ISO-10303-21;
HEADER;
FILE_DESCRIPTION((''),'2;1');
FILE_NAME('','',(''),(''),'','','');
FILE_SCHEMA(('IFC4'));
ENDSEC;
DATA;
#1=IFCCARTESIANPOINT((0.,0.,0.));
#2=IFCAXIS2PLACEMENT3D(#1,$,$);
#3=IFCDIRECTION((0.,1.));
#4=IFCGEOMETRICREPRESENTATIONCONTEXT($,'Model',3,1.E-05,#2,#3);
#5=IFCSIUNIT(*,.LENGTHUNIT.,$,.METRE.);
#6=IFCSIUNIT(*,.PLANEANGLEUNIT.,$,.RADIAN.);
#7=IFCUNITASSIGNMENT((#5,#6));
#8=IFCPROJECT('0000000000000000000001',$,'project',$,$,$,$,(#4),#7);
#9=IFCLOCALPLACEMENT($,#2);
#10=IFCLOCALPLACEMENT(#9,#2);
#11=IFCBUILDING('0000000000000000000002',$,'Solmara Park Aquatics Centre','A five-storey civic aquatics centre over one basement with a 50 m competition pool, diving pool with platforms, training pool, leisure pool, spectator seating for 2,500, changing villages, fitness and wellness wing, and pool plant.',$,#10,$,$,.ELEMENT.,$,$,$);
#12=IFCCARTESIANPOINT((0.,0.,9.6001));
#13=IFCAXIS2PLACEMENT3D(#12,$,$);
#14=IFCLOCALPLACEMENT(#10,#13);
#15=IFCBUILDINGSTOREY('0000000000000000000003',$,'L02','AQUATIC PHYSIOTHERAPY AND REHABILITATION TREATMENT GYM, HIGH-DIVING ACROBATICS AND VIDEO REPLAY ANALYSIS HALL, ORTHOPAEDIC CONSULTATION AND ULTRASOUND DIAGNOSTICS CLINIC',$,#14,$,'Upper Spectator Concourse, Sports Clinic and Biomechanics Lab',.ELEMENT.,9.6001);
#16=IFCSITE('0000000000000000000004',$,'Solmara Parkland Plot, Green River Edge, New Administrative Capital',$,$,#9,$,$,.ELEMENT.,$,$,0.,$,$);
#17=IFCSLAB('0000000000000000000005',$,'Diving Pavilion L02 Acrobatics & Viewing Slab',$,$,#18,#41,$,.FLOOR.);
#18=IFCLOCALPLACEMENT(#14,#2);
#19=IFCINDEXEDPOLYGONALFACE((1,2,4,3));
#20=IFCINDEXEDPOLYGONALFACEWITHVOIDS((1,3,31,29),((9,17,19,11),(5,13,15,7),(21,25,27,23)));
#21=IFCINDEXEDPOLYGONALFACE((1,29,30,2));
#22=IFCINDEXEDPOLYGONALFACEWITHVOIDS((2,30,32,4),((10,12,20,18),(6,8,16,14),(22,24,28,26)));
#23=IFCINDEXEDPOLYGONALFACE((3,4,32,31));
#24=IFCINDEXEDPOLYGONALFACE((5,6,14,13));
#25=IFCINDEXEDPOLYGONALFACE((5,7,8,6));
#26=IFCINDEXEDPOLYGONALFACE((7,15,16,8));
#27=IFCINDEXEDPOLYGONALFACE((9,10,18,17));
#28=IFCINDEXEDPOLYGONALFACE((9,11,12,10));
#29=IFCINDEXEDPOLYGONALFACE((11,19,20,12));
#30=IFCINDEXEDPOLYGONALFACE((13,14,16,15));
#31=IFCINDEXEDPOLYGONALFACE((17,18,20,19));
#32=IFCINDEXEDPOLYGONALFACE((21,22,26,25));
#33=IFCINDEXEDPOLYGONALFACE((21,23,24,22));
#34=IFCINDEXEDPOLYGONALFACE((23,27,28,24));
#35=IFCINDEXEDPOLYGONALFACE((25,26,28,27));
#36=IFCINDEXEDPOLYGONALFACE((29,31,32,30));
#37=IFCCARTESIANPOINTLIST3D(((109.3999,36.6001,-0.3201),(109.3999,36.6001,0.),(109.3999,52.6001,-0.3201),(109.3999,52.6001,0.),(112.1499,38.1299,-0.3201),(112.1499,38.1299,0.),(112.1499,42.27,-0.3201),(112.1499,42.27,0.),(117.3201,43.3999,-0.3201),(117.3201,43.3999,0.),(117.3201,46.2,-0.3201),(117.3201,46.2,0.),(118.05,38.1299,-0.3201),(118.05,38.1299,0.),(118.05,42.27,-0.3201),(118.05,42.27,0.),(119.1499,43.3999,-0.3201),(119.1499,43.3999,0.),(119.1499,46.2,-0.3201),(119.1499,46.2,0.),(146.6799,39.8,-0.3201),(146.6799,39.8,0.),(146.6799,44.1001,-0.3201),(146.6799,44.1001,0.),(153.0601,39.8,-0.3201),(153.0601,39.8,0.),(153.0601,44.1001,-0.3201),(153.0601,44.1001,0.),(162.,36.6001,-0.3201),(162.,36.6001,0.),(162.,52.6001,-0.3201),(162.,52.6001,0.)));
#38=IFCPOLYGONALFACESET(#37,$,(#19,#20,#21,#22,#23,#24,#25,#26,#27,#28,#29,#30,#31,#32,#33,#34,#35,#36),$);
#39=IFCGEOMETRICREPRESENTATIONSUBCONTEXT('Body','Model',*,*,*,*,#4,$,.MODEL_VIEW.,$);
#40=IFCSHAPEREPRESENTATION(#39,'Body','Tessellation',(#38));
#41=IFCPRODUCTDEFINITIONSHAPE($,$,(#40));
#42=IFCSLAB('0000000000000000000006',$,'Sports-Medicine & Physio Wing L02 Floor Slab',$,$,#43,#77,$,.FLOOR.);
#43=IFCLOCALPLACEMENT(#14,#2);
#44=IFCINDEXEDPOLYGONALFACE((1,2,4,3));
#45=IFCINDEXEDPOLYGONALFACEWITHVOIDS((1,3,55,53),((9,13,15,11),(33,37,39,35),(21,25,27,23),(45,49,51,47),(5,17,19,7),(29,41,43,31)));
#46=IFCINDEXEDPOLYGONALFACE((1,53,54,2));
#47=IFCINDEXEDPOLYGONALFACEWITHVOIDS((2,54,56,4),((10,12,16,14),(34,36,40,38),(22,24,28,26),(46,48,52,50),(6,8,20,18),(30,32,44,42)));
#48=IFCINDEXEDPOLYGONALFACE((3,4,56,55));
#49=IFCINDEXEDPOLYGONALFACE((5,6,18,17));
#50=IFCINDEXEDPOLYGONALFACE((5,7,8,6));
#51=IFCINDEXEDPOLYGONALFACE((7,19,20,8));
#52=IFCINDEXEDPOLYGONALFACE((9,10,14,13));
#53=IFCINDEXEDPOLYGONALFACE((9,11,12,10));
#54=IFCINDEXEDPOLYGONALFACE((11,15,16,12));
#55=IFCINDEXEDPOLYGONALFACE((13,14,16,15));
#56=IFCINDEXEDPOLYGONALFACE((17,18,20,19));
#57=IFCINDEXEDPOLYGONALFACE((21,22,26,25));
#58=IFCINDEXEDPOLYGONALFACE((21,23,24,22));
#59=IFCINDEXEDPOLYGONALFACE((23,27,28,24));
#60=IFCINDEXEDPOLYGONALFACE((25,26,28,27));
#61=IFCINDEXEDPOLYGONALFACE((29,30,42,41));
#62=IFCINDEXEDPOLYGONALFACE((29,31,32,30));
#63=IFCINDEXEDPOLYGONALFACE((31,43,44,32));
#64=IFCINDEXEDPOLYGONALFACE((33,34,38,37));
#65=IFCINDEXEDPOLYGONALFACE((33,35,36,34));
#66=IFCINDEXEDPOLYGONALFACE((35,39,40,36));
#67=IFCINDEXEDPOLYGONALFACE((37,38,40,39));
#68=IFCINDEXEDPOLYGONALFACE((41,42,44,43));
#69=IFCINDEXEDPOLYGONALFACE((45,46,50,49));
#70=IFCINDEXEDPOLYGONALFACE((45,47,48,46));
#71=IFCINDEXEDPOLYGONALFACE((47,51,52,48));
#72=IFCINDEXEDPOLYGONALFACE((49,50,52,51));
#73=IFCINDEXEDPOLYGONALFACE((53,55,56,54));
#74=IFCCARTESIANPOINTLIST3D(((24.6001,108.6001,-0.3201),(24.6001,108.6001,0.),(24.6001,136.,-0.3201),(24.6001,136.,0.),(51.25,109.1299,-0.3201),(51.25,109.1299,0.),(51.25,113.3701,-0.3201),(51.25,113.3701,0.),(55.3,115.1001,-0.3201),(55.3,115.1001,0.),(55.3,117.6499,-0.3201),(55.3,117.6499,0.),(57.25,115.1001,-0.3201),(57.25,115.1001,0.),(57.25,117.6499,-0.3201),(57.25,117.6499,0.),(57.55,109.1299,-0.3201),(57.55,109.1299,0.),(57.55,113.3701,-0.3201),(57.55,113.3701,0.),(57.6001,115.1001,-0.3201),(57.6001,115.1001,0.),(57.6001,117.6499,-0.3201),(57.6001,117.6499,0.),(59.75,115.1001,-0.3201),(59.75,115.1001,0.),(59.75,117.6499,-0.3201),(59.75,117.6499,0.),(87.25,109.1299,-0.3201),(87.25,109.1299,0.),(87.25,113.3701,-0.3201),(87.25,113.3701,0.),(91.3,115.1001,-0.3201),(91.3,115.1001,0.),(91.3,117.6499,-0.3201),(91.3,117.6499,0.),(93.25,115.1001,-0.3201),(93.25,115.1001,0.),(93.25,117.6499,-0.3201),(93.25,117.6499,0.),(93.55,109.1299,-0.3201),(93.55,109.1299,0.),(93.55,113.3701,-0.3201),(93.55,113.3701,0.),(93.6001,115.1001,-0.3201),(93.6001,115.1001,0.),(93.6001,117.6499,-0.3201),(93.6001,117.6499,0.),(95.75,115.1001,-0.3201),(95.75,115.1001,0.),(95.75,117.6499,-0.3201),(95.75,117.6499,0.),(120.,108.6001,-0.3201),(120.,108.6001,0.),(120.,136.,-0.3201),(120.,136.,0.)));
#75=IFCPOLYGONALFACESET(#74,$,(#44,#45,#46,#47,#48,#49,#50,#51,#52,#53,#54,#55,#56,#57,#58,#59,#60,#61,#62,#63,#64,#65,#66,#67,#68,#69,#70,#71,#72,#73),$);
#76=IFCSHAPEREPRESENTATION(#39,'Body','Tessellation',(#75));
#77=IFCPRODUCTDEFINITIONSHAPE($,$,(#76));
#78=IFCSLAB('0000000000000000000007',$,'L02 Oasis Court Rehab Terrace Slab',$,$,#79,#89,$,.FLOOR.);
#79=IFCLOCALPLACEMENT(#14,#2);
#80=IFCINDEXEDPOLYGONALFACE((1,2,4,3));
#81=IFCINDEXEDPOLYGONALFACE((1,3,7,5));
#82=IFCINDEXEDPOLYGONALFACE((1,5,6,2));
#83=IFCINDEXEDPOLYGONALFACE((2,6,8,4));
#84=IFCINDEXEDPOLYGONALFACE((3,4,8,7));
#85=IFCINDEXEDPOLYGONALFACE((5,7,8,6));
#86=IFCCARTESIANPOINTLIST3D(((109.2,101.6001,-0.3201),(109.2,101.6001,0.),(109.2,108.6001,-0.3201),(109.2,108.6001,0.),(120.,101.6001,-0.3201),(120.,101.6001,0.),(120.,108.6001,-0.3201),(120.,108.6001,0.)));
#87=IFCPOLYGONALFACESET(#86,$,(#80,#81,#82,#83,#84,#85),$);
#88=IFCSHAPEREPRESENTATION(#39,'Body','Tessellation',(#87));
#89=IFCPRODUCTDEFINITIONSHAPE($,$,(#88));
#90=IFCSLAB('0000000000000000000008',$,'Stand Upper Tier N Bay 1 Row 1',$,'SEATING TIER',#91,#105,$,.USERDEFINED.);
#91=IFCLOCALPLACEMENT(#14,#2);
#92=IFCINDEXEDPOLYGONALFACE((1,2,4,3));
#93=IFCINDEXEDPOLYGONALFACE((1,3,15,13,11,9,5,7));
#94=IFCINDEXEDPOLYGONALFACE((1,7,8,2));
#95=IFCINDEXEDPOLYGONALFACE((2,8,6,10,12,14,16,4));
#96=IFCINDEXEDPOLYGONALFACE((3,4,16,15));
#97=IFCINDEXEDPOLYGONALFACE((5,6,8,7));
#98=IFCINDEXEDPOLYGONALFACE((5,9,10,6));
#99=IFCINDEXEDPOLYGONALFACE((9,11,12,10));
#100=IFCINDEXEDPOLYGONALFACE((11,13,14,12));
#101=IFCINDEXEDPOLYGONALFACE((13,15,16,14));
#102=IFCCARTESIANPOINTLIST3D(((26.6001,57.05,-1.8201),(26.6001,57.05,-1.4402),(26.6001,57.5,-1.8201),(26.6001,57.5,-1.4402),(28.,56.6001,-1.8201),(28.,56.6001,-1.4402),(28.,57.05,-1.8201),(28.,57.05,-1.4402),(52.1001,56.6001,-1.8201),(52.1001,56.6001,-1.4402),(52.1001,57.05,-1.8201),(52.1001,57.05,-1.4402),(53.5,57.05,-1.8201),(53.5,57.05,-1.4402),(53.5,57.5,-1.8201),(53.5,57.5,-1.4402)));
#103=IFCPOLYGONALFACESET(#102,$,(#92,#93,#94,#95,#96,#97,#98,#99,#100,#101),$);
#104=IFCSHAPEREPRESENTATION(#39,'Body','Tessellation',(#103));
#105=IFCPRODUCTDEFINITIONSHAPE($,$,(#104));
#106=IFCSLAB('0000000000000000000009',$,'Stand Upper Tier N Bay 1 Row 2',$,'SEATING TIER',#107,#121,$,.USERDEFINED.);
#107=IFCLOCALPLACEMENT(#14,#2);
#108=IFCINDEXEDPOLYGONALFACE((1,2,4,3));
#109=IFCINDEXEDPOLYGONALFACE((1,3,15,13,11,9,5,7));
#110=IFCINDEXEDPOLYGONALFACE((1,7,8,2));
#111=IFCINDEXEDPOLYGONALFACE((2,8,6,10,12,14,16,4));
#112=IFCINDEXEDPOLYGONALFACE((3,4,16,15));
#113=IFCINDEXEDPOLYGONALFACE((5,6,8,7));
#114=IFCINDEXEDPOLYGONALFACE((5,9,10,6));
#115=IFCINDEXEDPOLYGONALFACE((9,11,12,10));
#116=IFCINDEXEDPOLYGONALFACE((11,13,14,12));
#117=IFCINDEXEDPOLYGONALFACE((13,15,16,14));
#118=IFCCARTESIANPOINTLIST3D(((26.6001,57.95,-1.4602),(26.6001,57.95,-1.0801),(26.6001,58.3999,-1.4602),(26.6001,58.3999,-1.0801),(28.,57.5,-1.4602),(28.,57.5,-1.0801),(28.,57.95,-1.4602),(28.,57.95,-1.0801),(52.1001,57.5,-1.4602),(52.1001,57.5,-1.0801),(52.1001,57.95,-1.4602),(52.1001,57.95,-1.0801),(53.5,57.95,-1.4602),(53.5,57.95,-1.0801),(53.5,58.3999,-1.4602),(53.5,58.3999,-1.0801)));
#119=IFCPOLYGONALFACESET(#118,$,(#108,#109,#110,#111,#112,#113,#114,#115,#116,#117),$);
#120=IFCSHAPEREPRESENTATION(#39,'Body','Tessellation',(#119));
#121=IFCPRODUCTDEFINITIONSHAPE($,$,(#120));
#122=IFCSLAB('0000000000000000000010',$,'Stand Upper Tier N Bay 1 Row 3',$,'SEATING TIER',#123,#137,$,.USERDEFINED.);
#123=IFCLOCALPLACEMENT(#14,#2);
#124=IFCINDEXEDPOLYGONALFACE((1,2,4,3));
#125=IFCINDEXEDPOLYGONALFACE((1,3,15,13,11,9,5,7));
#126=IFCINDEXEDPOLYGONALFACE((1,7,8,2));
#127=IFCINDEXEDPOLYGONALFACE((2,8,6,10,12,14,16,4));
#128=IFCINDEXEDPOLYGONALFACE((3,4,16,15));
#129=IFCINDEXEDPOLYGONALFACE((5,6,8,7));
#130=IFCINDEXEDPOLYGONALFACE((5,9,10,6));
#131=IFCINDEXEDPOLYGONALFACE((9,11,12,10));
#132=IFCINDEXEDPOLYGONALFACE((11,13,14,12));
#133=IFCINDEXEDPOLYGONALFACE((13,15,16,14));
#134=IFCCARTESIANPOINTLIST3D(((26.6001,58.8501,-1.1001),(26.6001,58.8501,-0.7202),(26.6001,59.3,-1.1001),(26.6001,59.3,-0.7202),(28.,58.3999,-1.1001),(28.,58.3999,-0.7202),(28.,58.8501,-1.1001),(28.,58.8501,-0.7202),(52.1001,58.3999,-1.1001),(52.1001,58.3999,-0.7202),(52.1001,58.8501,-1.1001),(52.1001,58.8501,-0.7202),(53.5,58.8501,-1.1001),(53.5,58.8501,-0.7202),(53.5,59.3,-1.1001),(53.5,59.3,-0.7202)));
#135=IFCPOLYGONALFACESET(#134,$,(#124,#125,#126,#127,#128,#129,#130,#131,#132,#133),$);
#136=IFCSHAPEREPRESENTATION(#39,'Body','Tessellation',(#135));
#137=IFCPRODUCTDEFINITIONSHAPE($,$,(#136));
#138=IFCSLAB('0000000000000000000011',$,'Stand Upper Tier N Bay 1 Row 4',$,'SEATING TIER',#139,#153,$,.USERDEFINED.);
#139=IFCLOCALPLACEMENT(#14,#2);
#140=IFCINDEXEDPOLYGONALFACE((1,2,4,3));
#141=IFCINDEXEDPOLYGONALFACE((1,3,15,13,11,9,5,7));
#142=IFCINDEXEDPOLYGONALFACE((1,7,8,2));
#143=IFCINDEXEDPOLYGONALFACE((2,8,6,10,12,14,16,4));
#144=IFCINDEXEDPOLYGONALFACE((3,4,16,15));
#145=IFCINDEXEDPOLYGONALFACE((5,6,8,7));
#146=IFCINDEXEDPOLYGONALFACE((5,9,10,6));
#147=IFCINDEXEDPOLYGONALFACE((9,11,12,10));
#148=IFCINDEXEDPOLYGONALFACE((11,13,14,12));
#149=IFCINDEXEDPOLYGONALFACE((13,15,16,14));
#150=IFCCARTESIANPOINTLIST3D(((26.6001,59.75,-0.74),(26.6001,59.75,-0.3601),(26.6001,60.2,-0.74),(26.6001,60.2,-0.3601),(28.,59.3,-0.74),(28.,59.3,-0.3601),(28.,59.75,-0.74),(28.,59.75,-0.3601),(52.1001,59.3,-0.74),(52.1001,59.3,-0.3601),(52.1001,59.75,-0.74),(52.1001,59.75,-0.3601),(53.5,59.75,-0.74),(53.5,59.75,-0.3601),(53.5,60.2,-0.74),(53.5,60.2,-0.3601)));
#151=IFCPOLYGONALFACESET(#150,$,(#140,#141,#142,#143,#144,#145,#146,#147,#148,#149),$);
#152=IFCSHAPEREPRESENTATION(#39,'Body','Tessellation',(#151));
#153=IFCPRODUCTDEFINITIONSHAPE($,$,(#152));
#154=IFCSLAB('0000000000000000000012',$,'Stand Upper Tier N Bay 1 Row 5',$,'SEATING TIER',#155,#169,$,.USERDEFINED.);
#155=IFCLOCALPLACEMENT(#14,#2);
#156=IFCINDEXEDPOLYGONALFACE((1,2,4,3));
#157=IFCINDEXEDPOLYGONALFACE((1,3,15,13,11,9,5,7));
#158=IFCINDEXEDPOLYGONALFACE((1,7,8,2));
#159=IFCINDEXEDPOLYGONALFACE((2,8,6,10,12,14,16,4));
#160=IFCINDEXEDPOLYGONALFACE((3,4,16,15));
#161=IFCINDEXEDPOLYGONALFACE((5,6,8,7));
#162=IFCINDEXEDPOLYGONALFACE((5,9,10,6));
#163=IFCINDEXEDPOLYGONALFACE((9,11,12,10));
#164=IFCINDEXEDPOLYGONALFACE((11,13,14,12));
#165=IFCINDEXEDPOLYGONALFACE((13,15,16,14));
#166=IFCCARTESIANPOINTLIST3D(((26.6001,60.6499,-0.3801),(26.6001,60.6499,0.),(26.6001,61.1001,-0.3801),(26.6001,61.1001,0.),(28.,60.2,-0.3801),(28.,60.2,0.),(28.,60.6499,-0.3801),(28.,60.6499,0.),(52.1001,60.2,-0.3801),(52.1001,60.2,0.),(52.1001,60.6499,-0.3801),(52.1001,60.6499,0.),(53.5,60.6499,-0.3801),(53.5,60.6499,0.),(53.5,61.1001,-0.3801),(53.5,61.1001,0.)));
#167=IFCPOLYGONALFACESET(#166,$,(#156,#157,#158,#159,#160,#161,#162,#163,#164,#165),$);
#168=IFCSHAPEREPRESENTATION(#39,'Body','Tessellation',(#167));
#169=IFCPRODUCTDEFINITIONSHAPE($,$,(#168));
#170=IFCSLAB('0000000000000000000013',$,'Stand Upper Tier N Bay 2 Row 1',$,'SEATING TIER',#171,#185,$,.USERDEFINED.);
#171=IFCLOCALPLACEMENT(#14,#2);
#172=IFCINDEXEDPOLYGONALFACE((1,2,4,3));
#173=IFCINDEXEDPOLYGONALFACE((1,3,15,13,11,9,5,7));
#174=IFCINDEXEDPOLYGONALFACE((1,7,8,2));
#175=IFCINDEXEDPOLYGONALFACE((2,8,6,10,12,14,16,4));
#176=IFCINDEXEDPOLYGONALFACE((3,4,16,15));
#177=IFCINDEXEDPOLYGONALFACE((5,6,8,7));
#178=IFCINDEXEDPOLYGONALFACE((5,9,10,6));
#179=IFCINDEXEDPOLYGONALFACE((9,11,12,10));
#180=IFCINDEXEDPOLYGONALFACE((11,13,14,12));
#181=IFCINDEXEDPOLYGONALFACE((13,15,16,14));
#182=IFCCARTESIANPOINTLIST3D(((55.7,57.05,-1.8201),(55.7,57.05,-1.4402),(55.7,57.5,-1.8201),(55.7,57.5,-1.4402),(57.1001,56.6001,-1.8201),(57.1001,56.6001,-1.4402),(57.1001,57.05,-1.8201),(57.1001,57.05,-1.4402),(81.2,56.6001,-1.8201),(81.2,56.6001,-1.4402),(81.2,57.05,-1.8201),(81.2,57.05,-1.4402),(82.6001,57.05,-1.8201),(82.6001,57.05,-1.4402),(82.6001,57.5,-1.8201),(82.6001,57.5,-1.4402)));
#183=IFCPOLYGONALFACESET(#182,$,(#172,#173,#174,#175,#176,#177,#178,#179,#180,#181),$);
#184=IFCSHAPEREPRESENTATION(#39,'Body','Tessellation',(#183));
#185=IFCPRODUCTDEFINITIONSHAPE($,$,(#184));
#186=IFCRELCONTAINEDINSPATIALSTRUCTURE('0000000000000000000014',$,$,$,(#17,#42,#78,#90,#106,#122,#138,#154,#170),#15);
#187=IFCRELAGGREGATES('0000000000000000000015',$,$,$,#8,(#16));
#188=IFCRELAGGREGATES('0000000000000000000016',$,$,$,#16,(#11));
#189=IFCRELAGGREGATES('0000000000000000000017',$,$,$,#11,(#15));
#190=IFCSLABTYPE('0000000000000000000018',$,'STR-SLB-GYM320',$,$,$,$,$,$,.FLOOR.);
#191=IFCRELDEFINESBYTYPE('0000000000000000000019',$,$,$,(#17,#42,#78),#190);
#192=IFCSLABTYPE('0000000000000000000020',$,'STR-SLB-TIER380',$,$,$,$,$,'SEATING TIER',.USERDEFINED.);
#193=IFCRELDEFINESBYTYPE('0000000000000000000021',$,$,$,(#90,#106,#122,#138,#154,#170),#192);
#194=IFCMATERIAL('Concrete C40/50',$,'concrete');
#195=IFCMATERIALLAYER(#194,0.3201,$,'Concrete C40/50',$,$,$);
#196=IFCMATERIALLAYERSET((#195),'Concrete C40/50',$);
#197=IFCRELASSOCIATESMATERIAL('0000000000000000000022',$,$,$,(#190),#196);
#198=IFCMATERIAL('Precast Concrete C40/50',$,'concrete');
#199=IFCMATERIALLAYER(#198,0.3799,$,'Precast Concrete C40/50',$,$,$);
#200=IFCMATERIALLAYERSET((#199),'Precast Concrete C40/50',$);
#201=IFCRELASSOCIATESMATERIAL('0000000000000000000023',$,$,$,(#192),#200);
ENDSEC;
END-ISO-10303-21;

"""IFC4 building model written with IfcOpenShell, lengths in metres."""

from ifc_helpers import new_model, si_unit, direction, frame, origin, place, context, subcontext, project, spatial, polyline, outline, extrude, material, layer, layer_set, type_object, element, save


model = new_model("IFC4")

# Units and contexts
model_context = context("Model", 3, precision=1e-05, world=origin(), true_north=direction((0.0, 1.0)))
body_context = subcontext(model_context, "Body", "Model", "MODEL_VIEW")
ifc_project = project(units=[si_unit("LENGTHUNIT", "METRE"), si_unit("PLANEANGLEUNIT", "RADIAN")], contexts=[model_context])

# Site, building, storey
site_placement = place(None, origin())
site = spatial("IfcSite", under=ifc_project, at=site_placement, Name="Solmara Parkland Plot, Green River Edge, New Administrative Capital", CompositionType="ELEMENT", RefElevation=0.0)
building_placement = place(site_placement, origin())
building = spatial("IfcBuilding", under=site, at=building_placement, Name="Solmara Park Aquatics Centre", Description="A five-storey civic aquatics centre over one basement with a 50 m competition pool, diving pool with platforms, training pool, leisure pool, spectator seating for 2,500, changing villages, fitness and wellness wing, and pool plant.", CompositionType="ELEMENT")
storey_placement = place(building_placement, frame((0.0, 0.0, 9.6001)))
storey = spatial("IfcBuildingStorey", under=building, at=storey_placement, Name="L02", Description="AQUATIC PHYSIOTHERAPY AND REHABILITATION TREATMENT GYM, HIGH-DIVING ACROBATICS AND VIDEO REPLAY ANALYSIS HALL, ORTHOPAEDIC CONSULTATION AND ULTRASOUND DIAGNOSTICS CLINIC", LongName="Upper Spectator Concourse, Sports Clinic and Biomechanics Lab", CompositionType="ELEMENT", Elevation=9.6001)

# Shared definitions
ifc_material_1 = material(Name="Concrete C40/50", Category="concrete")

# Slabs
ifc_layer_1 = layer(ifc_material_1, 0.3201, Name="Concrete C40/50")
ifc_layer_set_1 = layer_set([ifc_layer_1], Name="Concrete C40/50")
slab_type_1 = type_object("IfcSlabType", Name="STR-SLB-GYM320", PredefinedType="FLOOR", material=ifc_layer_set_1)
slab_1_placement = place(storey_placement, frame((0.0, 0.0, -0.3201)))
element("IfcSlab", 1, at=slab_1_placement, inside=storey, type_object=slab_type_1, Name="Diving Pavilion L02 Acrobatics & Viewing Slab", PredefinedType="FLOOR", context=body_context, shape_type="SweptSolid", body=[
    extrude(outline(polyline([(109.3999, 36.6001), (162.0, 36.6001), (162.0, 52.6001), (109.3999, 52.6001), (109.3999, 36.6001)]), holes=[polyline([(112.1499, 38.1299), (118.05, 38.1299), (118.05, 42.27), (112.1499, 42.27), (112.1499, 38.1299)]), polyline([(117.3201, 43.3999), (119.1499, 43.3999), (119.1499, 46.2), (117.3201, 46.2), (117.3201, 43.3999)]), polyline([(146.6799, 39.8), (153.0601, 39.8), (153.0601, 44.1001), (146.6799, 44.1001), (146.6799, 39.8)])]), origin(), (0.0, 0.0, 1.0), 0.3201),
])
slab_2_placement = place(storey_placement, frame((0.0, 0.0, -0.3201)))
element("IfcSlab", 2, at=slab_2_placement, inside=storey, type_object=slab_type_1, Name="Sports-Medicine & Physio Wing L02 Floor Slab", PredefinedType="FLOOR", context=body_context, shape_type="SweptSolid", body=[
    extrude(outline(polyline([(24.6001, 108.6001), (120.0, 108.6001), (120.0, 136.0), (24.6001, 136.0), (24.6001, 108.6001)]), holes=[polyline([(51.25, 109.1299), (57.55, 109.1299), (57.55, 113.3701), (51.25, 113.3701), (51.25, 109.1299)]), polyline([(57.6001, 115.1001), (59.75, 115.1001), (59.75, 117.6499), (57.6001, 117.6499), (57.6001, 115.1001)]), polyline([(55.3, 115.1001), (57.25, 115.1001), (57.25, 117.6499), (55.3, 117.6499), (55.3, 115.1001)]), polyline([(87.25, 109.1299), (93.55, 109.1299), (93.55, 113.3701), (87.25, 113.3701), (87.25, 109.1299)]), polyline([(93.6001, 115.1001), (95.75, 115.1001), (95.75, 117.6499), (93.6001, 117.6499), (93.6001, 115.1001)]), polyline([(91.3, 115.1001), (93.25, 115.1001), (93.25, 117.6499), (91.3, 117.6499), (91.3, 115.1001)])]), origin(), (0.0, 0.0, 1.0), 0.3201),
])
slab_3_placement = place(storey_placement, frame((0.0, 0.0, -0.3201)))
element("IfcSlab", 3, at=slab_3_placement, inside=storey, type_object=slab_type_1, Name="L02 Oasis Court Rehab Terrace Slab", PredefinedType="FLOOR", context=body_context, shape_type="SweptSolid", body=[
    extrude(outline(polyline([(109.2, 101.6001), (120.0, 101.6001), (120.0, 108.6001), (109.2, 108.6001), (109.2, 101.6001)])), origin(), (0.0, 0.0, 1.0), 0.3201),
])
ifc_material_2 = material(Name="Precast Concrete C40/50", Category="concrete")
ifc_layer_2 = layer(ifc_material_2, 0.3799, Name="Precast Concrete C40/50")
ifc_layer_set_2 = layer_set([ifc_layer_2], Name="Precast Concrete C40/50")
slab_type_2 = type_object("IfcSlabType", Name="STR-SLB-TIER380", ElementType="SEATING TIER", PredefinedType="USERDEFINED", material=ifc_layer_set_2)
slab_4_placement = place(storey_placement, frame((0.0, 0.0, -1.8201)))
element("IfcSlab", 4, at=slab_4_placement, inside=storey, type_object=slab_type_2, Name="Stand Upper Tier N Bay 1 Row 1", ObjectType="SEATING TIER", PredefinedType="USERDEFINED", context=body_context, shape_type="SweptSolid", body=[
    extrude(outline(polyline([(28.0, 56.6001), (52.1001, 56.6001), (52.1001, 57.05), (53.5, 57.05), (53.5, 57.5), (26.6001, 57.5), (26.6001, 57.05), (28.0, 57.05), (28.0, 56.6001)])), origin(), (0.0, 0.0, 1.0), 0.3799),
])
slab_5_placement = place(storey_placement, frame((0.0, 0.0, -1.4602)))
element("IfcSlab", 5, at=slab_5_placement, inside=storey, type_object=slab_type_2, Name="Stand Upper Tier N Bay 1 Row 2", ObjectType="SEATING TIER", PredefinedType="USERDEFINED", context=body_context, shape_type="SweptSolid", body=[
    extrude(outline(polyline([(28.0, 57.5), (52.1001, 57.5), (52.1001, 57.95), (53.5, 57.95), (53.5, 58.3999), (26.6001, 58.3999), (26.6001, 57.95), (28.0, 57.95), (28.0, 57.5)])), origin(), (0.0, 0.0, 1.0), 0.3801),
])
slab_6_placement = place(storey_placement, frame((0.0, 0.0, -1.1001)))
element("IfcSlab", 6, at=slab_6_placement, inside=storey, type_object=slab_type_2, Name="Stand Upper Tier N Bay 1 Row 3", ObjectType="SEATING TIER", PredefinedType="USERDEFINED", context=body_context, shape_type="SweptSolid", body=[
    extrude(outline(polyline([(28.0, 58.3999), (52.1001, 58.3999), (52.1001, 58.8501), (53.5, 58.8501), (53.5, 59.3), (26.6001, 59.3), (26.6001, 58.8501), (28.0, 58.8501), (28.0, 58.3999)])), origin(), (0.0, 0.0, 1.0), 0.3799),
])
slab_7_placement = place(storey_placement, frame((0.0, 0.0, -0.74)))
element("IfcSlab", 7, at=slab_7_placement, inside=storey, type_object=slab_type_2, Name="Stand Upper Tier N Bay 1 Row 4", ObjectType="SEATING TIER", PredefinedType="USERDEFINED", context=body_context, shape_type="SweptSolid", body=[
    extrude(outline(polyline([(28.0, 59.3), (52.1001, 59.3), (52.1001, 59.75), (53.5, 59.75), (53.5, 60.2), (26.6001, 60.2), (26.6001, 59.75), (28.0, 59.75), (28.0, 59.3)])), origin(), (0.0, 0.0, 1.0), 0.3799),
])
slab_8_placement = place(storey_placement, frame((0.0, 0.0, -0.3801)))
element("IfcSlab", 8, at=slab_8_placement, inside=storey, type_object=slab_type_2, Name="Stand Upper Tier N Bay 1 Row 5", ObjectType="SEATING TIER", PredefinedType="USERDEFINED", context=body_context, shape_type="SweptSolid", body=[
    extrude(outline(polyline([(28.0, 60.2), (52.1001, 60.2), (52.1001, 60.6499), (53.5, 60.6499), (53.5, 61.1001), (26.6001, 61.1001), (26.6001, 60.6499), (28.0, 60.6499), (28.0, 60.2)])), origin(), (0.0, 0.0, 1.0), 0.3801),
])
slab_9_placement = place(storey_placement, frame((0.0, 0.0, -1.8201)))
element("IfcSlab", 9, at=slab_9_placement, inside=storey, type_object=slab_type_2, Name="Stand Upper Tier N Bay 2 Row 1", ObjectType="SEATING TIER", PredefinedType="USERDEFINED", context=body_context, shape_type="SweptSolid", body=[
    extrude(outline(polyline([(57.1001, 56.6001), (81.2, 56.6001), (81.2, 57.05), (82.6001, 57.05), (82.6001, 57.5), (55.7, 57.5), (55.7, 57.05), (57.1001, 57.05), (57.1001, 56.6001)])), origin(), (0.0, 0.0, 1.0), 0.3799),
])

save(model, "model.ifc")
